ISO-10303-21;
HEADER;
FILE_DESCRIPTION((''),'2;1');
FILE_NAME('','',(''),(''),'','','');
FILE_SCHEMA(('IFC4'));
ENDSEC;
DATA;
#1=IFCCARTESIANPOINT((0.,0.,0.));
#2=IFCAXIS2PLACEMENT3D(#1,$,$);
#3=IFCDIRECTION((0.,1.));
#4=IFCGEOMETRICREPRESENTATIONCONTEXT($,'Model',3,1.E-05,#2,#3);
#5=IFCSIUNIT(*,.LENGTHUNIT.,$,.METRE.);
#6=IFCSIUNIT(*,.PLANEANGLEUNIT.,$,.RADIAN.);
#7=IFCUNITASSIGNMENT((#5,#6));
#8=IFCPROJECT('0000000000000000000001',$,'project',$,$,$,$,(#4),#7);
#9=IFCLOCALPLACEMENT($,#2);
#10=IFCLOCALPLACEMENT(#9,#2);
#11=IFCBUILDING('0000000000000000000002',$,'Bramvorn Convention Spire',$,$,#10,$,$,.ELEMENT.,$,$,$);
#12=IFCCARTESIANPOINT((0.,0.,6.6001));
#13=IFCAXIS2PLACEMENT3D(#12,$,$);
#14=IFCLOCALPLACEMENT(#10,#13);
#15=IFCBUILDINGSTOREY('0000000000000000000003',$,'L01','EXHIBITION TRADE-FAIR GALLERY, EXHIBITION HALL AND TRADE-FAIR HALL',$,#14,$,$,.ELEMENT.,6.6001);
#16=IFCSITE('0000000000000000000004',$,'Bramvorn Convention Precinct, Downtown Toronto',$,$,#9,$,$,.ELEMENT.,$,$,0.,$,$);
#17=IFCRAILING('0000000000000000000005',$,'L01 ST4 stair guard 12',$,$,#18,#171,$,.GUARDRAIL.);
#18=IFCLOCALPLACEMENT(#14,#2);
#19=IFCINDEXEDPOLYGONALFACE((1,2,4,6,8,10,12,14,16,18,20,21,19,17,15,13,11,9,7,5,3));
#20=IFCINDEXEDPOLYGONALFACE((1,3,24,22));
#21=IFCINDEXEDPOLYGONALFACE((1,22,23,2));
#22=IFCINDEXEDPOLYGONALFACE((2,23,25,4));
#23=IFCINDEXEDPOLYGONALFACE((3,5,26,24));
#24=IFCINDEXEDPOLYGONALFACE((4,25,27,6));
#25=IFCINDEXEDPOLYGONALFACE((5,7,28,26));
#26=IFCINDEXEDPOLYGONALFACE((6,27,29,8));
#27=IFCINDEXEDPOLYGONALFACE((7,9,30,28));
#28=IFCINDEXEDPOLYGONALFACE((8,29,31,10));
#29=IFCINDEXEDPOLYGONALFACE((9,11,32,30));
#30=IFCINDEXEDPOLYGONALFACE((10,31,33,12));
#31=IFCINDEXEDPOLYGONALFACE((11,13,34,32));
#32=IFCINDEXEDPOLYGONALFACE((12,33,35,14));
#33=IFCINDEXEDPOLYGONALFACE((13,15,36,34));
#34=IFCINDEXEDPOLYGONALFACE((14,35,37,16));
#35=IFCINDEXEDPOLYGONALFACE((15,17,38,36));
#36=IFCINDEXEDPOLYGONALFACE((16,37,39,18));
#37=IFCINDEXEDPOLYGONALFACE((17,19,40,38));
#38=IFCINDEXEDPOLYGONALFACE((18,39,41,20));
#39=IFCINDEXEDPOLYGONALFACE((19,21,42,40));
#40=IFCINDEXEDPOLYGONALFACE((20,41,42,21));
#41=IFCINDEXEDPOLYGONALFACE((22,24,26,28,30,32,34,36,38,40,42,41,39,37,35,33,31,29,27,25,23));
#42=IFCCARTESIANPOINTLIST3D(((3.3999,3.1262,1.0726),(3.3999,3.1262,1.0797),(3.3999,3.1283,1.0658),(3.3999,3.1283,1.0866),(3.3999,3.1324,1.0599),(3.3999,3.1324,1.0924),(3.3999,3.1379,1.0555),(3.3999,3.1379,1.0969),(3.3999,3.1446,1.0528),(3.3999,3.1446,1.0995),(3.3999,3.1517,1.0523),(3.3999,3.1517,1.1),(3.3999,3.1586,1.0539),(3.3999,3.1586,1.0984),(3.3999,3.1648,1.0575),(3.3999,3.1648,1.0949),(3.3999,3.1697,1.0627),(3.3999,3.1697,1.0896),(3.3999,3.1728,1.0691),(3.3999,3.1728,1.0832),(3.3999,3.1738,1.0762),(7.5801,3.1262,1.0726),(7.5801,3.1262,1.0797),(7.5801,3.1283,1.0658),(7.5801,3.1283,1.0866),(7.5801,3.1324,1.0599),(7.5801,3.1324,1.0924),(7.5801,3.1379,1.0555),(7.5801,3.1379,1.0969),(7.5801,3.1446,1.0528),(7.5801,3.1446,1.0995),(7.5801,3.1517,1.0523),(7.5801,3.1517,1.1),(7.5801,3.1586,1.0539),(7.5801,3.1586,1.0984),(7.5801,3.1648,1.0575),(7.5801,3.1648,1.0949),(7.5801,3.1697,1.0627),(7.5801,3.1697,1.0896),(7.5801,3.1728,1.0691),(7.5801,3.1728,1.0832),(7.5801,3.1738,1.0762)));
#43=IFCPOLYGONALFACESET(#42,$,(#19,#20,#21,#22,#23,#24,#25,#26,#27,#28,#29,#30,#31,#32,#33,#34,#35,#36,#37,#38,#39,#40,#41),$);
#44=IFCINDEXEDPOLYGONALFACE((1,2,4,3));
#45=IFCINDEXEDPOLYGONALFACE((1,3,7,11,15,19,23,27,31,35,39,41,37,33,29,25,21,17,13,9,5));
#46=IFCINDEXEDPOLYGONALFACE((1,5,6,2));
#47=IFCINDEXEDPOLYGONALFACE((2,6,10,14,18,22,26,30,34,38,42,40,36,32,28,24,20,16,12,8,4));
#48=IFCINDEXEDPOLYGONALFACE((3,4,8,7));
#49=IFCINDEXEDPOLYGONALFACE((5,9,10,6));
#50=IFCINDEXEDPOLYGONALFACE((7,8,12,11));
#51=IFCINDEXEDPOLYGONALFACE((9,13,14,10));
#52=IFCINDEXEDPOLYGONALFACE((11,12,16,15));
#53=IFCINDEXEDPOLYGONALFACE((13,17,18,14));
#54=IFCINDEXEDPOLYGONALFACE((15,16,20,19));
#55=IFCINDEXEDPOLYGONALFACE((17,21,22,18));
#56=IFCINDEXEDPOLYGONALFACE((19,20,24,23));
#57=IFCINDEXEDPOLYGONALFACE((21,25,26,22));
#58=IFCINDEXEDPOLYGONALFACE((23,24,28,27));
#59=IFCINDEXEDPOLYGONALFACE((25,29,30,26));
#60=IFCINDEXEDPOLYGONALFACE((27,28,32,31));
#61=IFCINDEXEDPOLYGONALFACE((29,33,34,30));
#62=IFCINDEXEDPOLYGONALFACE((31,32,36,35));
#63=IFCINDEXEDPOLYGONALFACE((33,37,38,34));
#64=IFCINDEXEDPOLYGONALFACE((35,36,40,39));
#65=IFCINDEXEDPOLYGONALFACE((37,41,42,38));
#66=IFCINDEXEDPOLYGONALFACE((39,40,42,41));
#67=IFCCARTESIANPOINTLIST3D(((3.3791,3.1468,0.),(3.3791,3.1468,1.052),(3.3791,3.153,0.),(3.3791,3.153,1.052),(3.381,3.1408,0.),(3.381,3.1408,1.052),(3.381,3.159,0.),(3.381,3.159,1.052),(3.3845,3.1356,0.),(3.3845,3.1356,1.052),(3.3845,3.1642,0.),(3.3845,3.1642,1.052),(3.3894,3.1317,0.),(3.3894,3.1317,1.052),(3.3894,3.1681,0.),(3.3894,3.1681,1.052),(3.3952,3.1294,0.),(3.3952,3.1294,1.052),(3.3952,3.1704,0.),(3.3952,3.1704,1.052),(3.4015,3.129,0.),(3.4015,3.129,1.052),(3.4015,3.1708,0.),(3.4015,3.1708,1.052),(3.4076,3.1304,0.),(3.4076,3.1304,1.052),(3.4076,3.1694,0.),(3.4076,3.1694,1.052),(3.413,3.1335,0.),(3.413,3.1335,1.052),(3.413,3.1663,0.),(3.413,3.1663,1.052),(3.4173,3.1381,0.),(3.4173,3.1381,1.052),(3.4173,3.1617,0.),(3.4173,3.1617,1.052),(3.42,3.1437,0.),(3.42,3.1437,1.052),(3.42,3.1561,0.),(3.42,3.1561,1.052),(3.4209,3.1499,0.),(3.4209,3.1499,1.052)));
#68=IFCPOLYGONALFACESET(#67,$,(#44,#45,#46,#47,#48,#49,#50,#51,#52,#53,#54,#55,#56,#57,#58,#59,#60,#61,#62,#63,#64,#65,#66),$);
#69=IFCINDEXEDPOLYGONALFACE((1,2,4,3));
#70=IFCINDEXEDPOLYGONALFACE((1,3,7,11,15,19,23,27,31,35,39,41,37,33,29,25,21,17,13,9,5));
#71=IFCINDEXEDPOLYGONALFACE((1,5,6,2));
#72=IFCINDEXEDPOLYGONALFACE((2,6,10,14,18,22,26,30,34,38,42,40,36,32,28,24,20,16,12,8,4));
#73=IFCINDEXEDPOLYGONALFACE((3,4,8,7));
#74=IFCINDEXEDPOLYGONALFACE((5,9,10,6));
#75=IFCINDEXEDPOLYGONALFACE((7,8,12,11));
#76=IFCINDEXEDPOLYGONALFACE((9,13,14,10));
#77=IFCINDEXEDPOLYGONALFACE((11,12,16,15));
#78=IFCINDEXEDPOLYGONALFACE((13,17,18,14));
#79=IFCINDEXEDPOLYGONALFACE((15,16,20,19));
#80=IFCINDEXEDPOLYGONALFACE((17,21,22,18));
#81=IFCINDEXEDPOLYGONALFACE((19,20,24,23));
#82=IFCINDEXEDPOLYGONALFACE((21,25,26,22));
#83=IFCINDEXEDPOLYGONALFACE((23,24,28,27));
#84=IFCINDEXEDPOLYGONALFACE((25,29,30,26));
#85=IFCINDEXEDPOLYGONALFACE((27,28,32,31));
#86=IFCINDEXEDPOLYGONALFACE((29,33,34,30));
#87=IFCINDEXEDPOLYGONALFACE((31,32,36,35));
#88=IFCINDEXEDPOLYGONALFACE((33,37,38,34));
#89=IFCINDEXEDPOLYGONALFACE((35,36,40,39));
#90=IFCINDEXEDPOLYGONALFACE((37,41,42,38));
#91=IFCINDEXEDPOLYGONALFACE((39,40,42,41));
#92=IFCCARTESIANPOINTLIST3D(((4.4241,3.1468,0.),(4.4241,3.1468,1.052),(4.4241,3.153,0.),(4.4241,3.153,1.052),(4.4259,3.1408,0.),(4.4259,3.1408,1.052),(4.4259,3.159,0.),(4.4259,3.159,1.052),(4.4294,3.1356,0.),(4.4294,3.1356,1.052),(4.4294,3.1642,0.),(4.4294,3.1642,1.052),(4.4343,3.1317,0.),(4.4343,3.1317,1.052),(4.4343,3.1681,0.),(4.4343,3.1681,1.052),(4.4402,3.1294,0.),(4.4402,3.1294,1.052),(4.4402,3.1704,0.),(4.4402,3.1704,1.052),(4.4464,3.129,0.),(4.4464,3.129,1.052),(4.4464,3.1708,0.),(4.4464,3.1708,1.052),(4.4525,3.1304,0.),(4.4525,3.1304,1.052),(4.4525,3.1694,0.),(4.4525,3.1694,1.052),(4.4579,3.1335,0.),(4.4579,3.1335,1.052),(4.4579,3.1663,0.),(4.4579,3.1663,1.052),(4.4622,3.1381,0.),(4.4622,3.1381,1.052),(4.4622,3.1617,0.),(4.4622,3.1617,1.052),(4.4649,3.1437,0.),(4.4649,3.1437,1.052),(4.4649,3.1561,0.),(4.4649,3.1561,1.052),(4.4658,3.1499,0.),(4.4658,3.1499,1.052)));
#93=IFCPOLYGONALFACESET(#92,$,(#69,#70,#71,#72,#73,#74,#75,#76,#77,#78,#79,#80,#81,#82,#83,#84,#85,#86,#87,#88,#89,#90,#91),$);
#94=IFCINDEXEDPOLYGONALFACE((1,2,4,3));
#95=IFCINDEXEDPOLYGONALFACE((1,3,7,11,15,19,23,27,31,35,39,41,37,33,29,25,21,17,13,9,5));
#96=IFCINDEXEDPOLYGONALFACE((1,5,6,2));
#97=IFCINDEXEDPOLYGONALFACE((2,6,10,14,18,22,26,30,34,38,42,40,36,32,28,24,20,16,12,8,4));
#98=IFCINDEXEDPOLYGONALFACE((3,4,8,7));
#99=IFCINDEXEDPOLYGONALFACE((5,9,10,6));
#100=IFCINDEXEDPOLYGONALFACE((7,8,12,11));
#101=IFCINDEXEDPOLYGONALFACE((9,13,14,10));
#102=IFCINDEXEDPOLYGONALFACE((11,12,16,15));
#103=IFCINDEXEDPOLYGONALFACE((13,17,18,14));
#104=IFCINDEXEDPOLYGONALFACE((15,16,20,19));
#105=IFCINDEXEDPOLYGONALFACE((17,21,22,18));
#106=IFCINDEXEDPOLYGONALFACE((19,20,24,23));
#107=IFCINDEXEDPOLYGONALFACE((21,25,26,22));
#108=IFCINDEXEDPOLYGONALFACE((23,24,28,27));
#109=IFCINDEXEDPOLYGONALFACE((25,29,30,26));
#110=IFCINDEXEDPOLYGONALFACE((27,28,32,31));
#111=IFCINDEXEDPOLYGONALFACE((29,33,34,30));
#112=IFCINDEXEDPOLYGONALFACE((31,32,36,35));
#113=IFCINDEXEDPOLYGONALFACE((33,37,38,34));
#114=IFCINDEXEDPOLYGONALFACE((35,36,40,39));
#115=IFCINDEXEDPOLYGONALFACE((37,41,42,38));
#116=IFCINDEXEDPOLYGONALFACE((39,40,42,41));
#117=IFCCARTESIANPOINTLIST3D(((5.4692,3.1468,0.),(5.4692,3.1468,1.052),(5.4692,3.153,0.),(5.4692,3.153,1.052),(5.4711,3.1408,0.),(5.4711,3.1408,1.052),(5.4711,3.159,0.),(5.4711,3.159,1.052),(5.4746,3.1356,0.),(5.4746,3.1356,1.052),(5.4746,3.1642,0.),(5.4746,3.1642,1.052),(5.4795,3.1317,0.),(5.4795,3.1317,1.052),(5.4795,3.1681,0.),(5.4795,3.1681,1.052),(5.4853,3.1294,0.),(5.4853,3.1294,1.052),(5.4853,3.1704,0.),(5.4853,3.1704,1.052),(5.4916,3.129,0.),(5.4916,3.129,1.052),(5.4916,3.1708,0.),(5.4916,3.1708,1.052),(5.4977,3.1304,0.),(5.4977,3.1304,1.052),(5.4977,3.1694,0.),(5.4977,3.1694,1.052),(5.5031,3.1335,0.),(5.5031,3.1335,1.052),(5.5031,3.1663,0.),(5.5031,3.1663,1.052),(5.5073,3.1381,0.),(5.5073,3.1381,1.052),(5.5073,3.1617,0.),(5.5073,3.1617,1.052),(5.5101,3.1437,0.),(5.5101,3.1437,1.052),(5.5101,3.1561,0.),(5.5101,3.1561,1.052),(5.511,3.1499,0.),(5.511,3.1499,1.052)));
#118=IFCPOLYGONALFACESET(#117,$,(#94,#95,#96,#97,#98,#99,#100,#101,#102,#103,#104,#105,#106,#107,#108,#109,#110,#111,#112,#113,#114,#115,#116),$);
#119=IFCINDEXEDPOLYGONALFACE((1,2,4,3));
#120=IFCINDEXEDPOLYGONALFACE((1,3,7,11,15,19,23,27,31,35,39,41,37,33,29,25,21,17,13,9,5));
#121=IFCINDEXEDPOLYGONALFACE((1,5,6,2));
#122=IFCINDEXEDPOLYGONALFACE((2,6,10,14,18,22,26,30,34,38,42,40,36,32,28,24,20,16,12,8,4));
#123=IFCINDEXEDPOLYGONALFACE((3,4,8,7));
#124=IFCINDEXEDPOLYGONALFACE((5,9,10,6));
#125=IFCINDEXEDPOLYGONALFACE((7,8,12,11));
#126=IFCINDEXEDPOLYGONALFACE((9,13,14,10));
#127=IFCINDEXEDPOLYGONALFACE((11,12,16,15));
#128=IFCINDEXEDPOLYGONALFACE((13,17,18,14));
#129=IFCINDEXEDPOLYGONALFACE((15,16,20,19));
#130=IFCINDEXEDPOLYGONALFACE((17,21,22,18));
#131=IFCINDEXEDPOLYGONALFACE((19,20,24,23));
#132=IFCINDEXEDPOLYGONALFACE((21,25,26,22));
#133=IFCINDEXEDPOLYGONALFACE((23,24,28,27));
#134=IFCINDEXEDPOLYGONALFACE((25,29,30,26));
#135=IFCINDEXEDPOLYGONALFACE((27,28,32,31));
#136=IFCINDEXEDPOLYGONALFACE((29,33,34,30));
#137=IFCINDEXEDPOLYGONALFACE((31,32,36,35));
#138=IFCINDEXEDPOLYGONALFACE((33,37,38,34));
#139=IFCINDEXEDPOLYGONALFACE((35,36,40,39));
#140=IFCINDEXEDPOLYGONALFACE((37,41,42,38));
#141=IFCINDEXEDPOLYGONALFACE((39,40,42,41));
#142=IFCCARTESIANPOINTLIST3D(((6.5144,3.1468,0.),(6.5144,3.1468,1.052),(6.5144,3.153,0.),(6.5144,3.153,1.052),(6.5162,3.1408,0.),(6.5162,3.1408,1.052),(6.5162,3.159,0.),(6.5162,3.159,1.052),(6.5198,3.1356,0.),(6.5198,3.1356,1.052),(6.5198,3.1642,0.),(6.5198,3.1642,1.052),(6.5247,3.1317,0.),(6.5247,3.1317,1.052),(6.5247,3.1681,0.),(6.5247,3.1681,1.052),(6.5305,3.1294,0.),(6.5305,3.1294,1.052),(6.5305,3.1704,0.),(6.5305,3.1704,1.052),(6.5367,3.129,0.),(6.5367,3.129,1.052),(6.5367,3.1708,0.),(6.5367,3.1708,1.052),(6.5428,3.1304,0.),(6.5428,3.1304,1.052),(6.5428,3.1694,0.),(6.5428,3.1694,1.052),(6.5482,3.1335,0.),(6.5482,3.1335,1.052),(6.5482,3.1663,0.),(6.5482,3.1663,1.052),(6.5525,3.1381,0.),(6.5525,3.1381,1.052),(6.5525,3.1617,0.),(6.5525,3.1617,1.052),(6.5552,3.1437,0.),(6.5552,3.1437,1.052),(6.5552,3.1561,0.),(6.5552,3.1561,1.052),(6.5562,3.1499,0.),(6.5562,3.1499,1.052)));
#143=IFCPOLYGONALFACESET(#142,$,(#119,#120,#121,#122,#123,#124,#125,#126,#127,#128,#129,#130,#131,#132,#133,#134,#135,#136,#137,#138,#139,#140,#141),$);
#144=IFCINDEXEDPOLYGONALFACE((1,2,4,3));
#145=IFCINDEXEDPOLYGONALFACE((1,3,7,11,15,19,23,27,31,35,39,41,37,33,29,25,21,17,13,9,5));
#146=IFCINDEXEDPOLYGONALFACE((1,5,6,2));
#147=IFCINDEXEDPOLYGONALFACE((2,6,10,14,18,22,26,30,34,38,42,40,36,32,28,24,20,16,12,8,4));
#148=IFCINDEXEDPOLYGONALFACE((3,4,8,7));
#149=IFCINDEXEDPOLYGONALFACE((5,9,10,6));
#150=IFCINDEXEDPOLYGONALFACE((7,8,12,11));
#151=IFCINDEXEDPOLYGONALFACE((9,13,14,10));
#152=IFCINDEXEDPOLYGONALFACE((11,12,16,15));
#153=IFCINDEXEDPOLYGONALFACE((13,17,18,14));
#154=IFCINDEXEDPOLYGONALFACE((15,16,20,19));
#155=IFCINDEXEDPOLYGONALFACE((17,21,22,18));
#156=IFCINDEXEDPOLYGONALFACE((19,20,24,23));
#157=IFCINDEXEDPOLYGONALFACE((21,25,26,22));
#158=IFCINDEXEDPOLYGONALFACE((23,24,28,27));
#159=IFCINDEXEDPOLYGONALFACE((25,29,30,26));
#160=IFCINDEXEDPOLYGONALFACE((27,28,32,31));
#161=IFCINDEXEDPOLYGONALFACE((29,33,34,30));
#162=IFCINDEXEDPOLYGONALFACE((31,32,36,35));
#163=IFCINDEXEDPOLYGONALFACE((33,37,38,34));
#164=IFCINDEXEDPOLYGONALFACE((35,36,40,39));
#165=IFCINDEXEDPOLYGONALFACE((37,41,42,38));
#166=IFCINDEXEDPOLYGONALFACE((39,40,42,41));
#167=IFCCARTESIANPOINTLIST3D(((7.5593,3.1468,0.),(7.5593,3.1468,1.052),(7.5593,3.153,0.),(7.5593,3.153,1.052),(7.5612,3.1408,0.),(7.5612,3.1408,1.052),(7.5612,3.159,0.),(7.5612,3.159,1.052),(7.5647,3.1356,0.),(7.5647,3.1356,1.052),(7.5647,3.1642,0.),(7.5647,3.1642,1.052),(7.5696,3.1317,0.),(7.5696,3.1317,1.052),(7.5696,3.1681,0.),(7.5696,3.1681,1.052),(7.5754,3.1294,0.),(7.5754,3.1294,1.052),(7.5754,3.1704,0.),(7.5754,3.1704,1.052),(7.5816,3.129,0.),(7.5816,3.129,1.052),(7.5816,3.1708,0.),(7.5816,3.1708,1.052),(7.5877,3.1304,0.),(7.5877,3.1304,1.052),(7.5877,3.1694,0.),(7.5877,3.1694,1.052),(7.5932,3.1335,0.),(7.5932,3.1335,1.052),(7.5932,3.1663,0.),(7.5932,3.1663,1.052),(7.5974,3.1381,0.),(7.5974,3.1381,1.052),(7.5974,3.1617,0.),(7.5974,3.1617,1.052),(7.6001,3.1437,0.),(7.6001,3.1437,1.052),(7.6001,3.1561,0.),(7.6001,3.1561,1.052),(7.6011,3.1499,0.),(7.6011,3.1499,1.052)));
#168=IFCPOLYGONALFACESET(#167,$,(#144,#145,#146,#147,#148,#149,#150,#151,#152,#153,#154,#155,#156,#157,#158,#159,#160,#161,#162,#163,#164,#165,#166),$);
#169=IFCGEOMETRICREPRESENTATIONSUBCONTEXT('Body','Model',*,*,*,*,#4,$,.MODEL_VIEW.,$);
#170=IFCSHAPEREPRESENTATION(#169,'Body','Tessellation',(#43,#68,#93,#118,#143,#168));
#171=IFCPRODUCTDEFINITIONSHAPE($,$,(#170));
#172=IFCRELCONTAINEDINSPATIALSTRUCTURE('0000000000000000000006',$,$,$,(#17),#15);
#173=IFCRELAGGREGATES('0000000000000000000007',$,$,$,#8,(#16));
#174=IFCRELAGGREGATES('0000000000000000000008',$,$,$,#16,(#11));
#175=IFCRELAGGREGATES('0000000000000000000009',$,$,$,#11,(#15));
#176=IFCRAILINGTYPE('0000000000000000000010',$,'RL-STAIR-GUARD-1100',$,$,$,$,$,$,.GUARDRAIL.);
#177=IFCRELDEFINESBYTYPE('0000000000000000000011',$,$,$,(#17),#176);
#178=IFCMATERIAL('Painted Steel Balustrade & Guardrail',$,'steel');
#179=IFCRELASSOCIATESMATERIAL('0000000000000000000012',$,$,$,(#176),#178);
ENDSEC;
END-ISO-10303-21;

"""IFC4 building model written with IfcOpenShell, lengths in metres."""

from ifc_helpers import new_model, si_unit, direction, frame, origin, origin_2d, place, context, subcontext, project, spatial, circle, extrude, material, type_object, element, save


model = new_model("IFC4")

# Units and contexts
model_context = context("Model", 3, precision=1e-05, world=origin(), true_north=direction((0.0, 1.0)))
body_context = subcontext(model_context, "Body", "Model", "MODEL_VIEW")
ifc_project = project(units=[si_unit("LENGTHUNIT", "METRE"), si_unit("PLANEANGLEUNIT", "RADIAN")], contexts=[model_context])

# Site, building, storey
site_placement = place(None, origin())
site = spatial("IfcSite", under=ifc_project, at=site_placement, Name="Bramvorn Convention Precinct, Downtown Toronto", CompositionType="ELEMENT", RefElevation=0.0)
building_placement = place(site_placement, origin())
building = spatial("IfcBuilding", under=site, at=building_placement, Name="Bramvorn Convention Spire", CompositionType="ELEMENT")
storey_placement = place(building_placement, frame((0.0, 0.0, 6.6001)))
storey = spatial("IfcBuildingStorey", under=building, at=storey_placement, Name="L01", Description="EXHIBITION TRADE-FAIR GALLERY, EXHIBITION HALL AND TRADE-FAIR HALL", CompositionType="ELEMENT", Elevation=6.6001)

# Railing
ifc_material_1 = material(Name="Painted Steel Balustrade & Guardrail", Category="steel")
railing_type_1 = type_object("IfcRailingType", Name="RL-STAIR-GUARD-1100", PredefinedType="GUARDRAIL", material=ifc_material_1)
railing_1_placement = place(storey_placement, frame((3.3999, 3.1499, 0.0)))
element("IfcRailing", 1, at=railing_1_placement, inside=storey, type_object=railing_type_1, Name="L01 ST4 stair guard 12", PredefinedType="GUARDRAIL", context=body_context, shape_type="SweptSolid", body=[
    extrude(circle(Radius=0.0239, at=origin_2d()), frame((0.0, 0.0, 1.0762), z_axis=(1.0, 0.0, 0.0), x_axis=(0.0, 1.0, 0.0)), (0.0, 0.0, 1.0), 4.1802),
    extrude(circle(Radius=0.021, at=origin_2d()), origin(), (0.0, 0.0, 1.0), 1.052),
    extrude(circle(Radius=0.021, at=origin_2d()), frame((1.0449, 0.0, 0.0)), (0.0, 0.0, 1.0), 1.052),
    extrude(circle(Radius=0.021, at=origin_2d()), frame((2.0901, 0.0, 0.0)), (0.0, 0.0, 1.0), 1.052),
    extrude(circle(Radius=0.021, at=origin_2d()), frame((3.1353, 0.0, 0.0)), (0.0, 0.0, 1.0), 1.052),
    extrude(circle(Radius=0.021, at=origin_2d()), frame((4.1802, 0.0, 0.0)), (0.0, 0.0, 1.0), 1.052),
])

save(model, "model.ifc")
